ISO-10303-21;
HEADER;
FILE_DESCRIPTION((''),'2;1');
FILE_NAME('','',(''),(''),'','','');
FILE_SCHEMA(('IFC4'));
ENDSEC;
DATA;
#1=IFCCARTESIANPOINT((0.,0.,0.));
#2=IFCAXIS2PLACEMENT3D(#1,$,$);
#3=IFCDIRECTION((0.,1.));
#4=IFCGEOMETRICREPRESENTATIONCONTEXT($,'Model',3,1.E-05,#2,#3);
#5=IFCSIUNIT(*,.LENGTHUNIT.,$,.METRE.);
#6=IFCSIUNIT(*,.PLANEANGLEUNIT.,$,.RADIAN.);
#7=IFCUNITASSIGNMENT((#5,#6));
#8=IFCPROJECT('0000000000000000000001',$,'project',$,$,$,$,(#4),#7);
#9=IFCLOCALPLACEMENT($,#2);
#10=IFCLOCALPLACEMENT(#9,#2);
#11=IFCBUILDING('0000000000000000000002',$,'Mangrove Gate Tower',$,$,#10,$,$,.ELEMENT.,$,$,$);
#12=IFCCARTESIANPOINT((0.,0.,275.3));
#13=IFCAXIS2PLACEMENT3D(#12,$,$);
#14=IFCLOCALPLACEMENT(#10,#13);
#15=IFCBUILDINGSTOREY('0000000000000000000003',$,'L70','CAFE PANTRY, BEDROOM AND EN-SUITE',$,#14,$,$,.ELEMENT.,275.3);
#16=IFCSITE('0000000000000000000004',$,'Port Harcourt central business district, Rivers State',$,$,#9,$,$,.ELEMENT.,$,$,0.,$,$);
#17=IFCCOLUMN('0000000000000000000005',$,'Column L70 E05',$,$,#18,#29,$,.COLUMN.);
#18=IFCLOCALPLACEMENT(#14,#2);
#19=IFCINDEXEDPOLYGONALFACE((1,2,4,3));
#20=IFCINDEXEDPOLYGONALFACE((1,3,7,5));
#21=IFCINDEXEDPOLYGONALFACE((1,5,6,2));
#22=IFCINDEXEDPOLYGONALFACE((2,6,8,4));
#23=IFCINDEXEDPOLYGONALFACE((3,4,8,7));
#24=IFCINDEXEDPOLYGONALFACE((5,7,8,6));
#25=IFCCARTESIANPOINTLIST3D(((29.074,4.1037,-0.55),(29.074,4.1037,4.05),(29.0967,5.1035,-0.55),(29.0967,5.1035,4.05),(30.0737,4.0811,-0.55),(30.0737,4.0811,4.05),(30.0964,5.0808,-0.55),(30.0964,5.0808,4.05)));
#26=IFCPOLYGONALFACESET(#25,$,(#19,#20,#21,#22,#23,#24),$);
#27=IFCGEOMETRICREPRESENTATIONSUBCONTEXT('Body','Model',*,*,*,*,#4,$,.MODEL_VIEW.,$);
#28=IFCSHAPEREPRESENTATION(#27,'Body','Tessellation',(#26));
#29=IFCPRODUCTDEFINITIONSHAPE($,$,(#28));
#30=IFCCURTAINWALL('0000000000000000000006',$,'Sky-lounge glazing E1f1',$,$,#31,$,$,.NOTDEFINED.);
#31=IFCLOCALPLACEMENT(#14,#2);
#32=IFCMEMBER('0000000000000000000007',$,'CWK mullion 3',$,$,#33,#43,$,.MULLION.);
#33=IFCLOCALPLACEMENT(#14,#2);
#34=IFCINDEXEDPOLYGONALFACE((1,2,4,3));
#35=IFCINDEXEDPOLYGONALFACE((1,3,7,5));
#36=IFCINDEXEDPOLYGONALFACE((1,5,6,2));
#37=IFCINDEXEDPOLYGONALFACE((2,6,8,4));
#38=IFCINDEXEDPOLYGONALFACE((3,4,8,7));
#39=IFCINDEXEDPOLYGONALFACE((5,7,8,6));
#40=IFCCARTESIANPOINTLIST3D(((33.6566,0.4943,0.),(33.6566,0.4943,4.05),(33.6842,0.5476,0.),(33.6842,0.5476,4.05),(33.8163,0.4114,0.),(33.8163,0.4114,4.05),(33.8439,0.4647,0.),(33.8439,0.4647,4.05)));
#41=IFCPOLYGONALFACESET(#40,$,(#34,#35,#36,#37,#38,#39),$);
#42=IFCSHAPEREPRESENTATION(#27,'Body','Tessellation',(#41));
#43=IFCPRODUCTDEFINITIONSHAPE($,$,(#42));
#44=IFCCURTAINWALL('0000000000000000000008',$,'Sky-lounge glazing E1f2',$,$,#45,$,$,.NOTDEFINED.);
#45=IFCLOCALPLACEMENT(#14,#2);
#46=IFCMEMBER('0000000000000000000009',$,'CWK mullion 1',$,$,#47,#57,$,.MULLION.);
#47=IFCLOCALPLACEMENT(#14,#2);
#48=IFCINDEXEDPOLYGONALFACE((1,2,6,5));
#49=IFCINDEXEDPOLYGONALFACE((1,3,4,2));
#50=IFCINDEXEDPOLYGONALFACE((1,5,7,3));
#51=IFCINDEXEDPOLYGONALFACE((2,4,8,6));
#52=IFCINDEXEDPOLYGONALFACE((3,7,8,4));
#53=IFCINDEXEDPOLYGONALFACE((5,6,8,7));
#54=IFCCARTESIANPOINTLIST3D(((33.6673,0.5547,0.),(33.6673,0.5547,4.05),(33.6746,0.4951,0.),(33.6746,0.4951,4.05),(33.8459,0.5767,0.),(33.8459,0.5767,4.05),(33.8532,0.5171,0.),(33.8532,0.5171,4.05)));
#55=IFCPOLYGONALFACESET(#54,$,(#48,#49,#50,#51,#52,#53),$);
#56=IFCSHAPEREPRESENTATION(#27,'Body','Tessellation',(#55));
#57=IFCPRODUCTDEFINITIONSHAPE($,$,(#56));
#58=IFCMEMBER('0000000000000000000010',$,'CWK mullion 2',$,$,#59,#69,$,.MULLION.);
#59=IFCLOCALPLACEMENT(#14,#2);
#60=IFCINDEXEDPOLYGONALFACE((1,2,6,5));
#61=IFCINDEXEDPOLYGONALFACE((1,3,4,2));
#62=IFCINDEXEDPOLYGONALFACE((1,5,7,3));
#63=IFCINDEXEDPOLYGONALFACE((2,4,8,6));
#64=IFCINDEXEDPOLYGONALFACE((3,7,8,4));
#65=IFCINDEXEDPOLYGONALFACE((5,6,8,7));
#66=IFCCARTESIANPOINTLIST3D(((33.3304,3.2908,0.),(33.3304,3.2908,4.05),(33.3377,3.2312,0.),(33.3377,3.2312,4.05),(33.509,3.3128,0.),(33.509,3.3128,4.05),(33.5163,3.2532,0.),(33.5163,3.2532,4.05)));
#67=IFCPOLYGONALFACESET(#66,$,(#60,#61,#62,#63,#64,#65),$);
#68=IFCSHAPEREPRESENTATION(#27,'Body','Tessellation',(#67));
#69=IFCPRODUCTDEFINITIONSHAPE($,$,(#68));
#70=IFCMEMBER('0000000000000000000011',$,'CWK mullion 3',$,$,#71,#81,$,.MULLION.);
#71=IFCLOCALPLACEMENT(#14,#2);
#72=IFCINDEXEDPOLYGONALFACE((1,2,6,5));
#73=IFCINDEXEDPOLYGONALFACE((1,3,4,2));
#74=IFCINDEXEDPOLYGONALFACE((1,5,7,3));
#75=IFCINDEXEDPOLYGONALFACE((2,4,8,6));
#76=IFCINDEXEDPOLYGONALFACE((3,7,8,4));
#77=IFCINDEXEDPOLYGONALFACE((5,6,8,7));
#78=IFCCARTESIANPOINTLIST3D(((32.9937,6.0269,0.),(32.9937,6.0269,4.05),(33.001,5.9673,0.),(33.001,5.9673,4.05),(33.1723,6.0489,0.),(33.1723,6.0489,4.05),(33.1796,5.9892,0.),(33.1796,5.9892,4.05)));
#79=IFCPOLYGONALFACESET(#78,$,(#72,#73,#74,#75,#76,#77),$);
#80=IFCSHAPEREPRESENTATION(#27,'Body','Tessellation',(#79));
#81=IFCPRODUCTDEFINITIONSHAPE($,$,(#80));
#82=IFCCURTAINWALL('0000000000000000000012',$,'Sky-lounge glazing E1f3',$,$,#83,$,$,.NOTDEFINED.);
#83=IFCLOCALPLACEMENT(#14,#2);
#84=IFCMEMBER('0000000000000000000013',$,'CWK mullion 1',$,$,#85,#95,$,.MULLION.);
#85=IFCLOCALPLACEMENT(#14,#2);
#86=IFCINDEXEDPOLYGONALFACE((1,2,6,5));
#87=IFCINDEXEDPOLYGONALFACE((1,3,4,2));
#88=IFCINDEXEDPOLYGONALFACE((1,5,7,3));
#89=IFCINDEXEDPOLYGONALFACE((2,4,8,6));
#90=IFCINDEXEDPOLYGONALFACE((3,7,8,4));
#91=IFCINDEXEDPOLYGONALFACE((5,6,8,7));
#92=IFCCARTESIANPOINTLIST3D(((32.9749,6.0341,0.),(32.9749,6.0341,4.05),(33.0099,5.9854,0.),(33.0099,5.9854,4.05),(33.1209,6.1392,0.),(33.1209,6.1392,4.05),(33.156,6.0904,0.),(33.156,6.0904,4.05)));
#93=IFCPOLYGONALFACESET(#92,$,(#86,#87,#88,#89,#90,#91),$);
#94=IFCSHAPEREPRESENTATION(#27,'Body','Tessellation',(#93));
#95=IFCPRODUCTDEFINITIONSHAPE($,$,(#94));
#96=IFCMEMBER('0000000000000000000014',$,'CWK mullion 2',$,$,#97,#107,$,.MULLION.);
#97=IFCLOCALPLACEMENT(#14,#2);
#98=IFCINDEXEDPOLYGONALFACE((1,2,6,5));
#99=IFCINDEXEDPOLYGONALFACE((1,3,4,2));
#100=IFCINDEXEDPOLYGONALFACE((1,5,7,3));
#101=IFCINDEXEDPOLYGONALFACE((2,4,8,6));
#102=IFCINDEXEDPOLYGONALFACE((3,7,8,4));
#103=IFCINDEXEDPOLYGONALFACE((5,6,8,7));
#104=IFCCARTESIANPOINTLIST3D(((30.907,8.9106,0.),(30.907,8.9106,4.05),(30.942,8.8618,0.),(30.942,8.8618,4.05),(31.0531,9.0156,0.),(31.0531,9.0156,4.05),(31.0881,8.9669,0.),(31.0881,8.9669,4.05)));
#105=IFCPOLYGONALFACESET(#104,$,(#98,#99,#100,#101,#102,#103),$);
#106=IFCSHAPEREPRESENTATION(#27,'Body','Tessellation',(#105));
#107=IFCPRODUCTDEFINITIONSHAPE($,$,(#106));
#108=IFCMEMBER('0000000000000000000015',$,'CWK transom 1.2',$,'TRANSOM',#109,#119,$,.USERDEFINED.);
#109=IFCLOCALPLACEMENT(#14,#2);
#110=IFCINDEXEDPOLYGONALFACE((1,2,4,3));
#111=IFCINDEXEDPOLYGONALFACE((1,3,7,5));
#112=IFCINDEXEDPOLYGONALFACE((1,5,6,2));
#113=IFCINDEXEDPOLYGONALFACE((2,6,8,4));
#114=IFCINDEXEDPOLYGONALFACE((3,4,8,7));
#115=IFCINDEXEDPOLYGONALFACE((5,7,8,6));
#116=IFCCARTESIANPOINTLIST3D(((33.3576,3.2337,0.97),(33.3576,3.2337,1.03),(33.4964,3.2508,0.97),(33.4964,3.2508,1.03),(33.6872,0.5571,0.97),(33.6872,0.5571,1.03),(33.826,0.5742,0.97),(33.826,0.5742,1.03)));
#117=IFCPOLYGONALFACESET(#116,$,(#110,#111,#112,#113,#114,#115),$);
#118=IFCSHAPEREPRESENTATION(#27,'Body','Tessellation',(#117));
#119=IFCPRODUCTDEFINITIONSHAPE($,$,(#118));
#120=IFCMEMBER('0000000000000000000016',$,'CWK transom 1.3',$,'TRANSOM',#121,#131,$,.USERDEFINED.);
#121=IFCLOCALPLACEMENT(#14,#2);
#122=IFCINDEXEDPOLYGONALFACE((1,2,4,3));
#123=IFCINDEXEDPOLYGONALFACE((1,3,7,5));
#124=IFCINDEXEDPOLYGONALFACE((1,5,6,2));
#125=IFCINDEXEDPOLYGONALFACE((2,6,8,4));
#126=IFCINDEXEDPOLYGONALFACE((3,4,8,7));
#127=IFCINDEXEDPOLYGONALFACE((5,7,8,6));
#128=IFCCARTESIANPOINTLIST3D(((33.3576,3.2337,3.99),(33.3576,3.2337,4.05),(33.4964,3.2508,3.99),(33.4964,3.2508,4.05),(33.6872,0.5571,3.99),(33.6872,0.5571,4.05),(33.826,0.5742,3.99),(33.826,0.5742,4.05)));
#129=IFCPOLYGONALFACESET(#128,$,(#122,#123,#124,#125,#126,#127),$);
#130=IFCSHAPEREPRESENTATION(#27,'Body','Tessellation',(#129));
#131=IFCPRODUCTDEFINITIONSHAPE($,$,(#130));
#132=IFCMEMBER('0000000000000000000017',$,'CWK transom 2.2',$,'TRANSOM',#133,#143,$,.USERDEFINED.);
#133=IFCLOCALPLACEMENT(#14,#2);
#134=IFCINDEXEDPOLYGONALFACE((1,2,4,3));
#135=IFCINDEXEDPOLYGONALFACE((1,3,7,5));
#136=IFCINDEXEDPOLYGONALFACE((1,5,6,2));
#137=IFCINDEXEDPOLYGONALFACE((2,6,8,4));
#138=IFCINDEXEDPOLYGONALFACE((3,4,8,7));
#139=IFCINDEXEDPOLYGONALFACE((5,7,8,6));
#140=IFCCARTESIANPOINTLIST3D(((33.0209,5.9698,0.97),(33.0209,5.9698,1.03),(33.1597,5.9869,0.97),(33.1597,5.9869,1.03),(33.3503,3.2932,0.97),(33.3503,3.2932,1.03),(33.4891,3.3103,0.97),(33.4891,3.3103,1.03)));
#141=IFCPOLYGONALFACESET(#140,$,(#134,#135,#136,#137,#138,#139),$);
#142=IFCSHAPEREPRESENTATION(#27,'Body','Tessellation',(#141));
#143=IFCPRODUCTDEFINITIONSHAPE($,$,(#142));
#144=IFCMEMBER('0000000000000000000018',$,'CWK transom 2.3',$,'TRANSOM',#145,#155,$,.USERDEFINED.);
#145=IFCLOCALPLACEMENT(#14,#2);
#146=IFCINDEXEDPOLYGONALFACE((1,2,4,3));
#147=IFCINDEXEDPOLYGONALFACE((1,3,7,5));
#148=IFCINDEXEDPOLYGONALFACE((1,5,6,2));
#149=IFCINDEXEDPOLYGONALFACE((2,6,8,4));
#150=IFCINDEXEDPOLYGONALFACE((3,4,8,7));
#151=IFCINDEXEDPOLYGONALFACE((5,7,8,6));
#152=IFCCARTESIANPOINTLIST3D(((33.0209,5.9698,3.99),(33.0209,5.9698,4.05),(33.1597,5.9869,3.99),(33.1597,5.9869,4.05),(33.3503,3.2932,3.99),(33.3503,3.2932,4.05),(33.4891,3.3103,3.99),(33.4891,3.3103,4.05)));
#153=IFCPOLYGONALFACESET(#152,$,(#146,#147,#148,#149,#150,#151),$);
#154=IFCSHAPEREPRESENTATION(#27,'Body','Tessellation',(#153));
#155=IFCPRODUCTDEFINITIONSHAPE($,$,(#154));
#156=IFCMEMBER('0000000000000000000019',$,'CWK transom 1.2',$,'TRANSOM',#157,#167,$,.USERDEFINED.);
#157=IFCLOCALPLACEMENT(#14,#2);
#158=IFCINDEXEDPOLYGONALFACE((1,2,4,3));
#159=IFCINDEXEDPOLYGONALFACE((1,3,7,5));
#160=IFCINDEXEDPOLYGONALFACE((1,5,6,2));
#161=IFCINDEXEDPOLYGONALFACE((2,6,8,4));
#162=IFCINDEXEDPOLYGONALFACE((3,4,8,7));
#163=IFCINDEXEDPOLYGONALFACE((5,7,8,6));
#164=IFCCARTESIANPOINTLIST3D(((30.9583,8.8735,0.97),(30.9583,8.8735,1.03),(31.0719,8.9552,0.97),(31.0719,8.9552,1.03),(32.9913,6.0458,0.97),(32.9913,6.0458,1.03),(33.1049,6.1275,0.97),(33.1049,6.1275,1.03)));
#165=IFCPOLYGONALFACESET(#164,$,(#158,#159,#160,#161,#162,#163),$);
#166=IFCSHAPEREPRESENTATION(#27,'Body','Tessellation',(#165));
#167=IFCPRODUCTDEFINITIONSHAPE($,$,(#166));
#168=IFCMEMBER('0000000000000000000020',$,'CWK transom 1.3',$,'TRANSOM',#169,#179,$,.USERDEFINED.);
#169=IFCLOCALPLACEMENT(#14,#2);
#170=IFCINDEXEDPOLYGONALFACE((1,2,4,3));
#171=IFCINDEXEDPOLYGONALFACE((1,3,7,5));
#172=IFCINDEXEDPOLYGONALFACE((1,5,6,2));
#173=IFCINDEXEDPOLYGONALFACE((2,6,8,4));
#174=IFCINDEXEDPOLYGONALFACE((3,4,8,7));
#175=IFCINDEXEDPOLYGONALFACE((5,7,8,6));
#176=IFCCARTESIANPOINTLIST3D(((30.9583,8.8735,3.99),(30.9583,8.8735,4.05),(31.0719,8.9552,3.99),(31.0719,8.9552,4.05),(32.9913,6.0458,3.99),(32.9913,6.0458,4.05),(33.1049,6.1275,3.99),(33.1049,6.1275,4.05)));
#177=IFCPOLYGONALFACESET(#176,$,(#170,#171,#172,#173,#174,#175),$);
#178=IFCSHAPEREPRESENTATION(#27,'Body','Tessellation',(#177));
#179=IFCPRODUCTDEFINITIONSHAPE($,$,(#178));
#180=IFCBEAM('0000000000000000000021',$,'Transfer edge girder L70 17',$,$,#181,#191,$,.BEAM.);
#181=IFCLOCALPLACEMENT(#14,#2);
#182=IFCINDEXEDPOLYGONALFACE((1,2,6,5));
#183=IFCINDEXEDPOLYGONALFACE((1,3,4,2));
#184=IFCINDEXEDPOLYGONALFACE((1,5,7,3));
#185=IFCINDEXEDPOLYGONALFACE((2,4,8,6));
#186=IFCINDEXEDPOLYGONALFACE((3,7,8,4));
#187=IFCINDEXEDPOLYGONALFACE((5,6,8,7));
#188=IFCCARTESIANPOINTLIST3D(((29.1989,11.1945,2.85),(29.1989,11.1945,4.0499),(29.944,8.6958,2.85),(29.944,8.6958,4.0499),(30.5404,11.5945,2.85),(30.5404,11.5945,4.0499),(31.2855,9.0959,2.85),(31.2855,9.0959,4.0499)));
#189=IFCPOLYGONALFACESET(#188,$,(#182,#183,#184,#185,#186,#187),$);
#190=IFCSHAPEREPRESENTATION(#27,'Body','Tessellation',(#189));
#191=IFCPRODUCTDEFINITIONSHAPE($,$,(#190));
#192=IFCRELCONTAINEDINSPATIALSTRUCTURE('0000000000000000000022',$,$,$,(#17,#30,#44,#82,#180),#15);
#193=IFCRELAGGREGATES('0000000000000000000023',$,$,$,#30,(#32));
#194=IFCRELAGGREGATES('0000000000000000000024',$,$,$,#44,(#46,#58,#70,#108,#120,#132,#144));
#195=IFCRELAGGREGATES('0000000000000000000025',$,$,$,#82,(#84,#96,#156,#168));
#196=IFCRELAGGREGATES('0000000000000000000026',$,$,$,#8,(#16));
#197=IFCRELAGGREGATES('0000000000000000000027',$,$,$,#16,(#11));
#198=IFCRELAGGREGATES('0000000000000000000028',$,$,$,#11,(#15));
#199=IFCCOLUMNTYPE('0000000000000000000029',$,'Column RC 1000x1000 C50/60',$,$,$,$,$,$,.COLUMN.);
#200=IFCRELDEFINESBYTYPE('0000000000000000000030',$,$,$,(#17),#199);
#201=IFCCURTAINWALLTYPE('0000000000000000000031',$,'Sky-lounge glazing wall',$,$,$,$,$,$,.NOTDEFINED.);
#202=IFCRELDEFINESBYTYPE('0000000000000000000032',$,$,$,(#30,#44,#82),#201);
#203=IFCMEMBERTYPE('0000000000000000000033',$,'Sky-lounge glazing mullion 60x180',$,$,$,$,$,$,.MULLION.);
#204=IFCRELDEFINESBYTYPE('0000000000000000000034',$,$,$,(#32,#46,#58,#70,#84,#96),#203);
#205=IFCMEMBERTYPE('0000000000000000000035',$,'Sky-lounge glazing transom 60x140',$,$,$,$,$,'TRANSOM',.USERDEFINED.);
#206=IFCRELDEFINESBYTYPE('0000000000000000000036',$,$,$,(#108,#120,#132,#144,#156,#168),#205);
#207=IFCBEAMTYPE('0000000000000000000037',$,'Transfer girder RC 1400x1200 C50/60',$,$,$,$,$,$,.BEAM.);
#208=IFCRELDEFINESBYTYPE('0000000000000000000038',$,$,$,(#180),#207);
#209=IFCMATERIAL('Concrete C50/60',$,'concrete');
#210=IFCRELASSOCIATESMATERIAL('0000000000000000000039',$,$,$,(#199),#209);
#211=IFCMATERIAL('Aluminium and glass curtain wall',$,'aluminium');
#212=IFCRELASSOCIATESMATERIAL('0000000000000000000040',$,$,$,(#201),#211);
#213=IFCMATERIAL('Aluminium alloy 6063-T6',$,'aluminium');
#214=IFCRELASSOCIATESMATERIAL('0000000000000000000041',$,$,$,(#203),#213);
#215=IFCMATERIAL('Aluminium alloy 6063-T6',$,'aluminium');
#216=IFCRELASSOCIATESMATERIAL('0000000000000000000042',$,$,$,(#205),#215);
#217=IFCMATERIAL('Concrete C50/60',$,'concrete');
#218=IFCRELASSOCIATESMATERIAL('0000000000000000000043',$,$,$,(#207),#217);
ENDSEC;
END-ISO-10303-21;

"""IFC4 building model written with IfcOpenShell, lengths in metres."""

from ifc_helpers import new_model, si_unit, direction, frame, origin, origin_2d, place, context, subcontext, project, spatial, rectangle, extrude, material, material_profile, profile_set, type_object, element, aggregate, save


model = new_model("IFC4")

# Units and contexts
model_context = context("Model", 3, precision=1e-05, world=origin(), true_north=direction((0.0, 1.0)))
body_context = subcontext(model_context, "Body", "Model", "MODEL_VIEW")
ifc_project = project(units=[si_unit("LENGTHUNIT", "METRE"), si_unit("PLANEANGLEUNIT", "RADIAN")], contexts=[model_context])

# Site, building, storey
site_placement = place(None, origin())
site = spatial("IfcSite", under=ifc_project, at=site_placement, Name="Port Harcourt central business district, Rivers State", CompositionType="ELEMENT", RefElevation=0.0)
building_placement = place(site_placement, origin())
building = spatial("IfcBuilding", under=site, at=building_placement, Name="Mangrove Gate Tower", CompositionType="ELEMENT")
storey_placement = place(building_placement, frame((0.0, 0.0, 275.3)))
storey = spatial("IfcBuildingStorey", under=building, at=storey_placement, Name="L70", Description="CAFE PANTRY, BEDROOM AND EN-SUITE", CompositionType="ELEMENT", Elevation=275.3)

# Column
ifc_material_1 = material(Name="Concrete C50/60", Category="concrete")
ifc_material_profile_1 = material_profile(ifc_material_1, rectangle(XDim=1.0, YDim=1.0, at=origin_2d()))
ifc_profile_set_1 = profile_set([ifc_material_profile_1], Name="Concrete C50/60")
column_type = type_object("IfcColumnType", Name="Column RC 1000x1000 C50/60", PredefinedType="COLUMN", material=ifc_profile_set_1)
column_placement = place(storey_placement, frame((29.5852, 4.5923, -0.55), z_axis=(0.0, 0.0, 1.0), x_axis=(0.02266, 0.999743, 0.0)))
element("IfcColumn", 1, at=column_placement, inside=storey, type_object=column_type, Name="Column L70 E05", PredefinedType="COLUMN", context=body_context, shape_type="SweptSolid", body=[
    extrude(rectangle(XDim=1.0, YDim=1.0, at=origin_2d()), origin(), (0.0, 0.0, 1.0), 4.6001),
])

# Curtain wall, member
ifc_material_2 = material(Name="Aluminium and glass curtain wall", Category="aluminium")
curtain_wall_type = type_object("IfcCurtainWallType", Name="Sky-lounge glazing wall", PredefinedType="NOTDEFINED", material=ifc_material_2)
curtain_wall_1_placement = place(storey_placement, origin())
curtain_wall_1 = element("IfcCurtainWall", 2, at=curtain_wall_1_placement, inside=storey, type_object=curtain_wall_type, Name="Sky-lounge glazing E1f1", PredefinedType="NOTDEFINED")
ifc_material_3 = material(Name="Aluminium alloy 6063-T6", Category="aluminium")
ifc_material_profile_2 = material_profile(ifc_material_3, rectangle(XDim=0.0601, YDim=0.1799, at=origin_2d()))
ifc_profile_set_2 = profile_set([ifc_material_profile_2], Name="Aluminium alloy 6063-T6")
member_type_1 = type_object("IfcMemberType", Name="Sky-lounge glazing mullion 60x180", PredefinedType="MULLION", material=ifc_profile_set_2)
member_1_placement = place(storey_placement, frame((33.7502, 0.4795, 0.0), z_axis=(0.0, 0.0, 1.0), x_axis=(0.460707, 0.887552, 0.0)))
member_1 = element("IfcMember", 3, at=member_1_placement, type_object=member_type_1, Name="CWK mullion 3", PredefinedType="MULLION", context=body_context, shape_type="SweptSolid", body=[
    extrude(rectangle(XDim=0.0601, YDim=0.1799, at=origin_2d()), origin(), (0.0, 0.0, 1.0), 4.05),
])
aggregate(curtain_wall_1, [member_1])

# Curtain walls, members
curtain_wall_2_placement = place(storey_placement, origin())
curtain_wall_2 = element("IfcCurtainWall", 4, at=curtain_wall_2_placement, inside=storey, type_object=curtain_wall_type, Name="Sky-lounge glazing E1f2", PredefinedType="NOTDEFINED")
member_2_placement = place(storey_placement, frame((33.7603, 0.5359, 0.0), z_axis=(0.0, 0.0, 1.0), x_axis=(-0.122172, 0.992509, 0.0)))
member_2 = element("IfcMember", 5, at=member_2_placement, type_object=member_type_1, Name="CWK mullion 1", PredefinedType="MULLION", context=body_context, shape_type="SweptSolid", body=[
    extrude(rectangle(XDim=0.0601, YDim=0.1799, at=origin_2d()), origin(), (0.0, 0.0, 1.0), 4.05),
])
member_3_placement = place(storey_placement, frame((33.4233, 3.272, 0.0), z_axis=(0.0, 0.0, 1.0), x_axis=(-0.122172, 0.992509, 0.0)))
member_3 = element("IfcMember", 6, at=member_3_placement, type_object=member_type_1, Name="CWK mullion 2", PredefinedType="MULLION", context=body_context, shape_type="SweptSolid", body=[
    extrude(rectangle(XDim=0.0601, YDim=0.1799, at=origin_2d()), origin(), (0.0, 0.0, 1.0), 4.05),
])
member_4_placement = place(storey_placement, frame((33.0867, 6.0081, 0.0), z_axis=(0.0, 0.0, 1.0), x_axis=(-0.122172, 0.992509, 0.0)))
member_4 = element("IfcMember", 7, at=member_4_placement, type_object=member_type_1, Name="CWK mullion 3", PredefinedType="MULLION", context=body_context, shape_type="SweptSolid", body=[
    extrude(rectangle(XDim=0.0601, YDim=0.1799, at=origin_2d()), origin(), (0.0, 0.0, 1.0), 4.05),
])
curtain_wall_3_placement = place(storey_placement, origin())
curtain_wall_3 = element("IfcCurtainWall", 8, at=curtain_wall_3_placement, inside=storey, type_object=curtain_wall_type, Name="Sky-lounge glazing E1f3", PredefinedType="NOTDEFINED")
member_5_placement = place(storey_placement, frame((33.0654, 6.0623, 0.0), z_axis=(0.0, 0.0, 1.0), x_axis=(-0.583756, 0.811929, 0.0)))
member_5 = element("IfcMember", 9, at=member_5_placement, type_object=member_type_1, Name="CWK mullion 1", PredefinedType="MULLION", context=body_context, shape_type="SweptSolid", body=[
    extrude(rectangle(XDim=0.0601, YDim=0.1799, at=origin_2d()), origin(), (0.0, 0.0, 1.0), 4.05),
])
member_6_placement = place(storey_placement, frame((30.9976, 8.9387, 0.0), z_axis=(0.0, 0.0, 1.0), x_axis=(-0.583756, 0.811929, 0.0)))
member_6 = element("IfcMember", 10, at=member_6_placement, type_object=member_type_1, Name="CWK mullion 2", PredefinedType="MULLION", context=body_context, shape_type="SweptSolid", body=[
    extrude(rectangle(XDim=0.0601, YDim=0.1799, at=origin_2d()), origin(), (0.0, 0.0, 1.0), 4.05),
])

# Members
ifc_material_4 = material(Name="Aluminium alloy 6063-T6", Category="aluminium")
ifc_material_profile_3 = material_profile(ifc_material_4, rectangle(XDim=0.0601, YDim=0.1399, at=origin_2d()))
ifc_profile_set_3 = profile_set([ifc_material_profile_3], Name="Aluminium alloy 6063-T6")
member_type_2 = type_object("IfcMemberType", Name="Sky-lounge glazing transom 60x140", ElementType="TRANSOM", PredefinedType="USERDEFINED", material=ifc_profile_set_3)
member_7_placement = place(storey_placement, frame((33.7566, 0.5657, 1.0), z_axis=(-0.122218, 0.992503, 0.0), x_axis=(0.0, 0.0, 1.0)))
member_7 = element("IfcMember", 11, at=member_7_placement, type_object=member_type_2, Name="CWK transom 1.2", ObjectType="TRANSOM", PredefinedType="USERDEFINED", context=body_context, shape_type="SweptSolid", body=[
    extrude(rectangle(XDim=0.0601, YDim=0.1399, at=origin_2d()), origin(), (0.0, 0.0, 1.0), 2.6968),
])
member_8_placement = place(storey_placement, frame((33.7566, 0.5657, 4.02), z_axis=(-0.122218, 0.992503, 0.0), x_axis=(0.0, 0.0, 1.0)))
member_8 = element("IfcMember", 12, at=member_8_placement, type_object=member_type_2, Name="CWK transom 1.3", ObjectType="TRANSOM", PredefinedType="USERDEFINED", context=body_context, shape_type="SweptSolid", body=[
    extrude(rectangle(XDim=0.0601, YDim=0.1399, at=origin_2d()), origin(), (0.0, 0.0, 1.0), 2.6968),
])
member_9_placement = place(storey_placement, frame((33.4197, 3.3018, 1.0), z_axis=(-0.122129, 0.992514, 0.0), x_axis=(0.0, 0.0, 1.0)))
member_9 = element("IfcMember", 13, at=member_9_placement, type_object=member_type_2, Name="CWK transom 2.2", ObjectType="TRANSOM", PredefinedType="USERDEFINED", context=body_context, shape_type="SweptSolid", body=[
    extrude(rectangle(XDim=0.0601, YDim=0.1399, at=origin_2d()), origin(), (0.0, 0.0, 1.0), 2.6968),
])
member_10_placement = place(storey_placement, frame((33.4197, 3.3018, 4.02), z_axis=(-0.122129, 0.992514, 0.0), x_axis=(0.0, 0.0, 1.0)))
member_10 = element("IfcMember", 14, at=member_10_placement, type_object=member_type_2, Name="CWK transom 2.3", ObjectType="TRANSOM", PredefinedType="USERDEFINED", context=body_context, shape_type="SweptSolid", body=[
    extrude(rectangle(XDim=0.0601, YDim=0.1399, at=origin_2d()), origin(), (0.0, 0.0, 1.0), 2.6968),
])
member_11_placement = place(storey_placement, frame((33.0481, 6.0867, 1.0), z_axis=(-0.583749, 0.811934, 0.0), x_axis=(0.0, 0.0, 1.0)))
member_11 = element("IfcMember", 15, at=member_11_placement, type_object=member_type_2, Name="CWK transom 1.2", ObjectType="TRANSOM", PredefinedType="USERDEFINED", context=body_context, shape_type="SweptSolid", body=[
    extrude(rectangle(XDim=0.0601, YDim=0.1399, at=origin_2d()), origin(), (0.0, 0.0, 1.0), 3.4827),
])
member_12_placement = place(storey_placement, frame((33.0481, 6.0867, 4.02), z_axis=(-0.583749, 0.811934, 0.0), x_axis=(0.0, 0.0, 1.0)))
member_12 = element("IfcMember", 16, at=member_12_placement, type_object=member_type_2, Name="CWK transom 1.3", ObjectType="TRANSOM", PredefinedType="USERDEFINED", context=body_context, shape_type="SweptSolid", body=[
    extrude(rectangle(XDim=0.0601, YDim=0.1399, at=origin_2d()), origin(), (0.0, 0.0, 1.0), 3.4827),
])

# Beam
ifc_material_5 = material(Name="Concrete C50/60", Category="concrete")
ifc_material_profile_4 = material_profile(ifc_material_5, rectangle(XDim=1.3999, YDim=1.2, at=origin_2d()))
ifc_profile_set_4 = profile_set([ifc_material_profile_4], Name="Concrete C50/60")
beam_type_1 = type_object("IfcBeamType", Name="Transfer girder RC 1400x1200 C50/60", PredefinedType="BEAM", material=ifc_profile_set_4)
beam_1_placement = place(storey_placement, frame((29.8696, 11.3945, 3.45), z_axis=(0.285758, -0.958302, 0.0), x_axis=(0.958302, 0.285758, 0.0)))
element("IfcBeam", 17, at=beam_1_placement, inside=storey, type_object=beam_type_1, Name="Transfer edge girder L70 17", PredefinedType="BEAM", context=body_context, shape_type="SweptSolid", body=[
    extrude(rectangle(XDim=1.3999, YDim=1.2, at=origin_2d()), origin(), (0.0, 0.0, 1.0), 2.6074),
])

aggregate(curtain_wall_2, [member_2, member_3, member_4, member_7, member_8, member_9, member_10])
aggregate(curtain_wall_3, [member_5, member_6, member_11, member_12])

save(model, "model.ifc")
